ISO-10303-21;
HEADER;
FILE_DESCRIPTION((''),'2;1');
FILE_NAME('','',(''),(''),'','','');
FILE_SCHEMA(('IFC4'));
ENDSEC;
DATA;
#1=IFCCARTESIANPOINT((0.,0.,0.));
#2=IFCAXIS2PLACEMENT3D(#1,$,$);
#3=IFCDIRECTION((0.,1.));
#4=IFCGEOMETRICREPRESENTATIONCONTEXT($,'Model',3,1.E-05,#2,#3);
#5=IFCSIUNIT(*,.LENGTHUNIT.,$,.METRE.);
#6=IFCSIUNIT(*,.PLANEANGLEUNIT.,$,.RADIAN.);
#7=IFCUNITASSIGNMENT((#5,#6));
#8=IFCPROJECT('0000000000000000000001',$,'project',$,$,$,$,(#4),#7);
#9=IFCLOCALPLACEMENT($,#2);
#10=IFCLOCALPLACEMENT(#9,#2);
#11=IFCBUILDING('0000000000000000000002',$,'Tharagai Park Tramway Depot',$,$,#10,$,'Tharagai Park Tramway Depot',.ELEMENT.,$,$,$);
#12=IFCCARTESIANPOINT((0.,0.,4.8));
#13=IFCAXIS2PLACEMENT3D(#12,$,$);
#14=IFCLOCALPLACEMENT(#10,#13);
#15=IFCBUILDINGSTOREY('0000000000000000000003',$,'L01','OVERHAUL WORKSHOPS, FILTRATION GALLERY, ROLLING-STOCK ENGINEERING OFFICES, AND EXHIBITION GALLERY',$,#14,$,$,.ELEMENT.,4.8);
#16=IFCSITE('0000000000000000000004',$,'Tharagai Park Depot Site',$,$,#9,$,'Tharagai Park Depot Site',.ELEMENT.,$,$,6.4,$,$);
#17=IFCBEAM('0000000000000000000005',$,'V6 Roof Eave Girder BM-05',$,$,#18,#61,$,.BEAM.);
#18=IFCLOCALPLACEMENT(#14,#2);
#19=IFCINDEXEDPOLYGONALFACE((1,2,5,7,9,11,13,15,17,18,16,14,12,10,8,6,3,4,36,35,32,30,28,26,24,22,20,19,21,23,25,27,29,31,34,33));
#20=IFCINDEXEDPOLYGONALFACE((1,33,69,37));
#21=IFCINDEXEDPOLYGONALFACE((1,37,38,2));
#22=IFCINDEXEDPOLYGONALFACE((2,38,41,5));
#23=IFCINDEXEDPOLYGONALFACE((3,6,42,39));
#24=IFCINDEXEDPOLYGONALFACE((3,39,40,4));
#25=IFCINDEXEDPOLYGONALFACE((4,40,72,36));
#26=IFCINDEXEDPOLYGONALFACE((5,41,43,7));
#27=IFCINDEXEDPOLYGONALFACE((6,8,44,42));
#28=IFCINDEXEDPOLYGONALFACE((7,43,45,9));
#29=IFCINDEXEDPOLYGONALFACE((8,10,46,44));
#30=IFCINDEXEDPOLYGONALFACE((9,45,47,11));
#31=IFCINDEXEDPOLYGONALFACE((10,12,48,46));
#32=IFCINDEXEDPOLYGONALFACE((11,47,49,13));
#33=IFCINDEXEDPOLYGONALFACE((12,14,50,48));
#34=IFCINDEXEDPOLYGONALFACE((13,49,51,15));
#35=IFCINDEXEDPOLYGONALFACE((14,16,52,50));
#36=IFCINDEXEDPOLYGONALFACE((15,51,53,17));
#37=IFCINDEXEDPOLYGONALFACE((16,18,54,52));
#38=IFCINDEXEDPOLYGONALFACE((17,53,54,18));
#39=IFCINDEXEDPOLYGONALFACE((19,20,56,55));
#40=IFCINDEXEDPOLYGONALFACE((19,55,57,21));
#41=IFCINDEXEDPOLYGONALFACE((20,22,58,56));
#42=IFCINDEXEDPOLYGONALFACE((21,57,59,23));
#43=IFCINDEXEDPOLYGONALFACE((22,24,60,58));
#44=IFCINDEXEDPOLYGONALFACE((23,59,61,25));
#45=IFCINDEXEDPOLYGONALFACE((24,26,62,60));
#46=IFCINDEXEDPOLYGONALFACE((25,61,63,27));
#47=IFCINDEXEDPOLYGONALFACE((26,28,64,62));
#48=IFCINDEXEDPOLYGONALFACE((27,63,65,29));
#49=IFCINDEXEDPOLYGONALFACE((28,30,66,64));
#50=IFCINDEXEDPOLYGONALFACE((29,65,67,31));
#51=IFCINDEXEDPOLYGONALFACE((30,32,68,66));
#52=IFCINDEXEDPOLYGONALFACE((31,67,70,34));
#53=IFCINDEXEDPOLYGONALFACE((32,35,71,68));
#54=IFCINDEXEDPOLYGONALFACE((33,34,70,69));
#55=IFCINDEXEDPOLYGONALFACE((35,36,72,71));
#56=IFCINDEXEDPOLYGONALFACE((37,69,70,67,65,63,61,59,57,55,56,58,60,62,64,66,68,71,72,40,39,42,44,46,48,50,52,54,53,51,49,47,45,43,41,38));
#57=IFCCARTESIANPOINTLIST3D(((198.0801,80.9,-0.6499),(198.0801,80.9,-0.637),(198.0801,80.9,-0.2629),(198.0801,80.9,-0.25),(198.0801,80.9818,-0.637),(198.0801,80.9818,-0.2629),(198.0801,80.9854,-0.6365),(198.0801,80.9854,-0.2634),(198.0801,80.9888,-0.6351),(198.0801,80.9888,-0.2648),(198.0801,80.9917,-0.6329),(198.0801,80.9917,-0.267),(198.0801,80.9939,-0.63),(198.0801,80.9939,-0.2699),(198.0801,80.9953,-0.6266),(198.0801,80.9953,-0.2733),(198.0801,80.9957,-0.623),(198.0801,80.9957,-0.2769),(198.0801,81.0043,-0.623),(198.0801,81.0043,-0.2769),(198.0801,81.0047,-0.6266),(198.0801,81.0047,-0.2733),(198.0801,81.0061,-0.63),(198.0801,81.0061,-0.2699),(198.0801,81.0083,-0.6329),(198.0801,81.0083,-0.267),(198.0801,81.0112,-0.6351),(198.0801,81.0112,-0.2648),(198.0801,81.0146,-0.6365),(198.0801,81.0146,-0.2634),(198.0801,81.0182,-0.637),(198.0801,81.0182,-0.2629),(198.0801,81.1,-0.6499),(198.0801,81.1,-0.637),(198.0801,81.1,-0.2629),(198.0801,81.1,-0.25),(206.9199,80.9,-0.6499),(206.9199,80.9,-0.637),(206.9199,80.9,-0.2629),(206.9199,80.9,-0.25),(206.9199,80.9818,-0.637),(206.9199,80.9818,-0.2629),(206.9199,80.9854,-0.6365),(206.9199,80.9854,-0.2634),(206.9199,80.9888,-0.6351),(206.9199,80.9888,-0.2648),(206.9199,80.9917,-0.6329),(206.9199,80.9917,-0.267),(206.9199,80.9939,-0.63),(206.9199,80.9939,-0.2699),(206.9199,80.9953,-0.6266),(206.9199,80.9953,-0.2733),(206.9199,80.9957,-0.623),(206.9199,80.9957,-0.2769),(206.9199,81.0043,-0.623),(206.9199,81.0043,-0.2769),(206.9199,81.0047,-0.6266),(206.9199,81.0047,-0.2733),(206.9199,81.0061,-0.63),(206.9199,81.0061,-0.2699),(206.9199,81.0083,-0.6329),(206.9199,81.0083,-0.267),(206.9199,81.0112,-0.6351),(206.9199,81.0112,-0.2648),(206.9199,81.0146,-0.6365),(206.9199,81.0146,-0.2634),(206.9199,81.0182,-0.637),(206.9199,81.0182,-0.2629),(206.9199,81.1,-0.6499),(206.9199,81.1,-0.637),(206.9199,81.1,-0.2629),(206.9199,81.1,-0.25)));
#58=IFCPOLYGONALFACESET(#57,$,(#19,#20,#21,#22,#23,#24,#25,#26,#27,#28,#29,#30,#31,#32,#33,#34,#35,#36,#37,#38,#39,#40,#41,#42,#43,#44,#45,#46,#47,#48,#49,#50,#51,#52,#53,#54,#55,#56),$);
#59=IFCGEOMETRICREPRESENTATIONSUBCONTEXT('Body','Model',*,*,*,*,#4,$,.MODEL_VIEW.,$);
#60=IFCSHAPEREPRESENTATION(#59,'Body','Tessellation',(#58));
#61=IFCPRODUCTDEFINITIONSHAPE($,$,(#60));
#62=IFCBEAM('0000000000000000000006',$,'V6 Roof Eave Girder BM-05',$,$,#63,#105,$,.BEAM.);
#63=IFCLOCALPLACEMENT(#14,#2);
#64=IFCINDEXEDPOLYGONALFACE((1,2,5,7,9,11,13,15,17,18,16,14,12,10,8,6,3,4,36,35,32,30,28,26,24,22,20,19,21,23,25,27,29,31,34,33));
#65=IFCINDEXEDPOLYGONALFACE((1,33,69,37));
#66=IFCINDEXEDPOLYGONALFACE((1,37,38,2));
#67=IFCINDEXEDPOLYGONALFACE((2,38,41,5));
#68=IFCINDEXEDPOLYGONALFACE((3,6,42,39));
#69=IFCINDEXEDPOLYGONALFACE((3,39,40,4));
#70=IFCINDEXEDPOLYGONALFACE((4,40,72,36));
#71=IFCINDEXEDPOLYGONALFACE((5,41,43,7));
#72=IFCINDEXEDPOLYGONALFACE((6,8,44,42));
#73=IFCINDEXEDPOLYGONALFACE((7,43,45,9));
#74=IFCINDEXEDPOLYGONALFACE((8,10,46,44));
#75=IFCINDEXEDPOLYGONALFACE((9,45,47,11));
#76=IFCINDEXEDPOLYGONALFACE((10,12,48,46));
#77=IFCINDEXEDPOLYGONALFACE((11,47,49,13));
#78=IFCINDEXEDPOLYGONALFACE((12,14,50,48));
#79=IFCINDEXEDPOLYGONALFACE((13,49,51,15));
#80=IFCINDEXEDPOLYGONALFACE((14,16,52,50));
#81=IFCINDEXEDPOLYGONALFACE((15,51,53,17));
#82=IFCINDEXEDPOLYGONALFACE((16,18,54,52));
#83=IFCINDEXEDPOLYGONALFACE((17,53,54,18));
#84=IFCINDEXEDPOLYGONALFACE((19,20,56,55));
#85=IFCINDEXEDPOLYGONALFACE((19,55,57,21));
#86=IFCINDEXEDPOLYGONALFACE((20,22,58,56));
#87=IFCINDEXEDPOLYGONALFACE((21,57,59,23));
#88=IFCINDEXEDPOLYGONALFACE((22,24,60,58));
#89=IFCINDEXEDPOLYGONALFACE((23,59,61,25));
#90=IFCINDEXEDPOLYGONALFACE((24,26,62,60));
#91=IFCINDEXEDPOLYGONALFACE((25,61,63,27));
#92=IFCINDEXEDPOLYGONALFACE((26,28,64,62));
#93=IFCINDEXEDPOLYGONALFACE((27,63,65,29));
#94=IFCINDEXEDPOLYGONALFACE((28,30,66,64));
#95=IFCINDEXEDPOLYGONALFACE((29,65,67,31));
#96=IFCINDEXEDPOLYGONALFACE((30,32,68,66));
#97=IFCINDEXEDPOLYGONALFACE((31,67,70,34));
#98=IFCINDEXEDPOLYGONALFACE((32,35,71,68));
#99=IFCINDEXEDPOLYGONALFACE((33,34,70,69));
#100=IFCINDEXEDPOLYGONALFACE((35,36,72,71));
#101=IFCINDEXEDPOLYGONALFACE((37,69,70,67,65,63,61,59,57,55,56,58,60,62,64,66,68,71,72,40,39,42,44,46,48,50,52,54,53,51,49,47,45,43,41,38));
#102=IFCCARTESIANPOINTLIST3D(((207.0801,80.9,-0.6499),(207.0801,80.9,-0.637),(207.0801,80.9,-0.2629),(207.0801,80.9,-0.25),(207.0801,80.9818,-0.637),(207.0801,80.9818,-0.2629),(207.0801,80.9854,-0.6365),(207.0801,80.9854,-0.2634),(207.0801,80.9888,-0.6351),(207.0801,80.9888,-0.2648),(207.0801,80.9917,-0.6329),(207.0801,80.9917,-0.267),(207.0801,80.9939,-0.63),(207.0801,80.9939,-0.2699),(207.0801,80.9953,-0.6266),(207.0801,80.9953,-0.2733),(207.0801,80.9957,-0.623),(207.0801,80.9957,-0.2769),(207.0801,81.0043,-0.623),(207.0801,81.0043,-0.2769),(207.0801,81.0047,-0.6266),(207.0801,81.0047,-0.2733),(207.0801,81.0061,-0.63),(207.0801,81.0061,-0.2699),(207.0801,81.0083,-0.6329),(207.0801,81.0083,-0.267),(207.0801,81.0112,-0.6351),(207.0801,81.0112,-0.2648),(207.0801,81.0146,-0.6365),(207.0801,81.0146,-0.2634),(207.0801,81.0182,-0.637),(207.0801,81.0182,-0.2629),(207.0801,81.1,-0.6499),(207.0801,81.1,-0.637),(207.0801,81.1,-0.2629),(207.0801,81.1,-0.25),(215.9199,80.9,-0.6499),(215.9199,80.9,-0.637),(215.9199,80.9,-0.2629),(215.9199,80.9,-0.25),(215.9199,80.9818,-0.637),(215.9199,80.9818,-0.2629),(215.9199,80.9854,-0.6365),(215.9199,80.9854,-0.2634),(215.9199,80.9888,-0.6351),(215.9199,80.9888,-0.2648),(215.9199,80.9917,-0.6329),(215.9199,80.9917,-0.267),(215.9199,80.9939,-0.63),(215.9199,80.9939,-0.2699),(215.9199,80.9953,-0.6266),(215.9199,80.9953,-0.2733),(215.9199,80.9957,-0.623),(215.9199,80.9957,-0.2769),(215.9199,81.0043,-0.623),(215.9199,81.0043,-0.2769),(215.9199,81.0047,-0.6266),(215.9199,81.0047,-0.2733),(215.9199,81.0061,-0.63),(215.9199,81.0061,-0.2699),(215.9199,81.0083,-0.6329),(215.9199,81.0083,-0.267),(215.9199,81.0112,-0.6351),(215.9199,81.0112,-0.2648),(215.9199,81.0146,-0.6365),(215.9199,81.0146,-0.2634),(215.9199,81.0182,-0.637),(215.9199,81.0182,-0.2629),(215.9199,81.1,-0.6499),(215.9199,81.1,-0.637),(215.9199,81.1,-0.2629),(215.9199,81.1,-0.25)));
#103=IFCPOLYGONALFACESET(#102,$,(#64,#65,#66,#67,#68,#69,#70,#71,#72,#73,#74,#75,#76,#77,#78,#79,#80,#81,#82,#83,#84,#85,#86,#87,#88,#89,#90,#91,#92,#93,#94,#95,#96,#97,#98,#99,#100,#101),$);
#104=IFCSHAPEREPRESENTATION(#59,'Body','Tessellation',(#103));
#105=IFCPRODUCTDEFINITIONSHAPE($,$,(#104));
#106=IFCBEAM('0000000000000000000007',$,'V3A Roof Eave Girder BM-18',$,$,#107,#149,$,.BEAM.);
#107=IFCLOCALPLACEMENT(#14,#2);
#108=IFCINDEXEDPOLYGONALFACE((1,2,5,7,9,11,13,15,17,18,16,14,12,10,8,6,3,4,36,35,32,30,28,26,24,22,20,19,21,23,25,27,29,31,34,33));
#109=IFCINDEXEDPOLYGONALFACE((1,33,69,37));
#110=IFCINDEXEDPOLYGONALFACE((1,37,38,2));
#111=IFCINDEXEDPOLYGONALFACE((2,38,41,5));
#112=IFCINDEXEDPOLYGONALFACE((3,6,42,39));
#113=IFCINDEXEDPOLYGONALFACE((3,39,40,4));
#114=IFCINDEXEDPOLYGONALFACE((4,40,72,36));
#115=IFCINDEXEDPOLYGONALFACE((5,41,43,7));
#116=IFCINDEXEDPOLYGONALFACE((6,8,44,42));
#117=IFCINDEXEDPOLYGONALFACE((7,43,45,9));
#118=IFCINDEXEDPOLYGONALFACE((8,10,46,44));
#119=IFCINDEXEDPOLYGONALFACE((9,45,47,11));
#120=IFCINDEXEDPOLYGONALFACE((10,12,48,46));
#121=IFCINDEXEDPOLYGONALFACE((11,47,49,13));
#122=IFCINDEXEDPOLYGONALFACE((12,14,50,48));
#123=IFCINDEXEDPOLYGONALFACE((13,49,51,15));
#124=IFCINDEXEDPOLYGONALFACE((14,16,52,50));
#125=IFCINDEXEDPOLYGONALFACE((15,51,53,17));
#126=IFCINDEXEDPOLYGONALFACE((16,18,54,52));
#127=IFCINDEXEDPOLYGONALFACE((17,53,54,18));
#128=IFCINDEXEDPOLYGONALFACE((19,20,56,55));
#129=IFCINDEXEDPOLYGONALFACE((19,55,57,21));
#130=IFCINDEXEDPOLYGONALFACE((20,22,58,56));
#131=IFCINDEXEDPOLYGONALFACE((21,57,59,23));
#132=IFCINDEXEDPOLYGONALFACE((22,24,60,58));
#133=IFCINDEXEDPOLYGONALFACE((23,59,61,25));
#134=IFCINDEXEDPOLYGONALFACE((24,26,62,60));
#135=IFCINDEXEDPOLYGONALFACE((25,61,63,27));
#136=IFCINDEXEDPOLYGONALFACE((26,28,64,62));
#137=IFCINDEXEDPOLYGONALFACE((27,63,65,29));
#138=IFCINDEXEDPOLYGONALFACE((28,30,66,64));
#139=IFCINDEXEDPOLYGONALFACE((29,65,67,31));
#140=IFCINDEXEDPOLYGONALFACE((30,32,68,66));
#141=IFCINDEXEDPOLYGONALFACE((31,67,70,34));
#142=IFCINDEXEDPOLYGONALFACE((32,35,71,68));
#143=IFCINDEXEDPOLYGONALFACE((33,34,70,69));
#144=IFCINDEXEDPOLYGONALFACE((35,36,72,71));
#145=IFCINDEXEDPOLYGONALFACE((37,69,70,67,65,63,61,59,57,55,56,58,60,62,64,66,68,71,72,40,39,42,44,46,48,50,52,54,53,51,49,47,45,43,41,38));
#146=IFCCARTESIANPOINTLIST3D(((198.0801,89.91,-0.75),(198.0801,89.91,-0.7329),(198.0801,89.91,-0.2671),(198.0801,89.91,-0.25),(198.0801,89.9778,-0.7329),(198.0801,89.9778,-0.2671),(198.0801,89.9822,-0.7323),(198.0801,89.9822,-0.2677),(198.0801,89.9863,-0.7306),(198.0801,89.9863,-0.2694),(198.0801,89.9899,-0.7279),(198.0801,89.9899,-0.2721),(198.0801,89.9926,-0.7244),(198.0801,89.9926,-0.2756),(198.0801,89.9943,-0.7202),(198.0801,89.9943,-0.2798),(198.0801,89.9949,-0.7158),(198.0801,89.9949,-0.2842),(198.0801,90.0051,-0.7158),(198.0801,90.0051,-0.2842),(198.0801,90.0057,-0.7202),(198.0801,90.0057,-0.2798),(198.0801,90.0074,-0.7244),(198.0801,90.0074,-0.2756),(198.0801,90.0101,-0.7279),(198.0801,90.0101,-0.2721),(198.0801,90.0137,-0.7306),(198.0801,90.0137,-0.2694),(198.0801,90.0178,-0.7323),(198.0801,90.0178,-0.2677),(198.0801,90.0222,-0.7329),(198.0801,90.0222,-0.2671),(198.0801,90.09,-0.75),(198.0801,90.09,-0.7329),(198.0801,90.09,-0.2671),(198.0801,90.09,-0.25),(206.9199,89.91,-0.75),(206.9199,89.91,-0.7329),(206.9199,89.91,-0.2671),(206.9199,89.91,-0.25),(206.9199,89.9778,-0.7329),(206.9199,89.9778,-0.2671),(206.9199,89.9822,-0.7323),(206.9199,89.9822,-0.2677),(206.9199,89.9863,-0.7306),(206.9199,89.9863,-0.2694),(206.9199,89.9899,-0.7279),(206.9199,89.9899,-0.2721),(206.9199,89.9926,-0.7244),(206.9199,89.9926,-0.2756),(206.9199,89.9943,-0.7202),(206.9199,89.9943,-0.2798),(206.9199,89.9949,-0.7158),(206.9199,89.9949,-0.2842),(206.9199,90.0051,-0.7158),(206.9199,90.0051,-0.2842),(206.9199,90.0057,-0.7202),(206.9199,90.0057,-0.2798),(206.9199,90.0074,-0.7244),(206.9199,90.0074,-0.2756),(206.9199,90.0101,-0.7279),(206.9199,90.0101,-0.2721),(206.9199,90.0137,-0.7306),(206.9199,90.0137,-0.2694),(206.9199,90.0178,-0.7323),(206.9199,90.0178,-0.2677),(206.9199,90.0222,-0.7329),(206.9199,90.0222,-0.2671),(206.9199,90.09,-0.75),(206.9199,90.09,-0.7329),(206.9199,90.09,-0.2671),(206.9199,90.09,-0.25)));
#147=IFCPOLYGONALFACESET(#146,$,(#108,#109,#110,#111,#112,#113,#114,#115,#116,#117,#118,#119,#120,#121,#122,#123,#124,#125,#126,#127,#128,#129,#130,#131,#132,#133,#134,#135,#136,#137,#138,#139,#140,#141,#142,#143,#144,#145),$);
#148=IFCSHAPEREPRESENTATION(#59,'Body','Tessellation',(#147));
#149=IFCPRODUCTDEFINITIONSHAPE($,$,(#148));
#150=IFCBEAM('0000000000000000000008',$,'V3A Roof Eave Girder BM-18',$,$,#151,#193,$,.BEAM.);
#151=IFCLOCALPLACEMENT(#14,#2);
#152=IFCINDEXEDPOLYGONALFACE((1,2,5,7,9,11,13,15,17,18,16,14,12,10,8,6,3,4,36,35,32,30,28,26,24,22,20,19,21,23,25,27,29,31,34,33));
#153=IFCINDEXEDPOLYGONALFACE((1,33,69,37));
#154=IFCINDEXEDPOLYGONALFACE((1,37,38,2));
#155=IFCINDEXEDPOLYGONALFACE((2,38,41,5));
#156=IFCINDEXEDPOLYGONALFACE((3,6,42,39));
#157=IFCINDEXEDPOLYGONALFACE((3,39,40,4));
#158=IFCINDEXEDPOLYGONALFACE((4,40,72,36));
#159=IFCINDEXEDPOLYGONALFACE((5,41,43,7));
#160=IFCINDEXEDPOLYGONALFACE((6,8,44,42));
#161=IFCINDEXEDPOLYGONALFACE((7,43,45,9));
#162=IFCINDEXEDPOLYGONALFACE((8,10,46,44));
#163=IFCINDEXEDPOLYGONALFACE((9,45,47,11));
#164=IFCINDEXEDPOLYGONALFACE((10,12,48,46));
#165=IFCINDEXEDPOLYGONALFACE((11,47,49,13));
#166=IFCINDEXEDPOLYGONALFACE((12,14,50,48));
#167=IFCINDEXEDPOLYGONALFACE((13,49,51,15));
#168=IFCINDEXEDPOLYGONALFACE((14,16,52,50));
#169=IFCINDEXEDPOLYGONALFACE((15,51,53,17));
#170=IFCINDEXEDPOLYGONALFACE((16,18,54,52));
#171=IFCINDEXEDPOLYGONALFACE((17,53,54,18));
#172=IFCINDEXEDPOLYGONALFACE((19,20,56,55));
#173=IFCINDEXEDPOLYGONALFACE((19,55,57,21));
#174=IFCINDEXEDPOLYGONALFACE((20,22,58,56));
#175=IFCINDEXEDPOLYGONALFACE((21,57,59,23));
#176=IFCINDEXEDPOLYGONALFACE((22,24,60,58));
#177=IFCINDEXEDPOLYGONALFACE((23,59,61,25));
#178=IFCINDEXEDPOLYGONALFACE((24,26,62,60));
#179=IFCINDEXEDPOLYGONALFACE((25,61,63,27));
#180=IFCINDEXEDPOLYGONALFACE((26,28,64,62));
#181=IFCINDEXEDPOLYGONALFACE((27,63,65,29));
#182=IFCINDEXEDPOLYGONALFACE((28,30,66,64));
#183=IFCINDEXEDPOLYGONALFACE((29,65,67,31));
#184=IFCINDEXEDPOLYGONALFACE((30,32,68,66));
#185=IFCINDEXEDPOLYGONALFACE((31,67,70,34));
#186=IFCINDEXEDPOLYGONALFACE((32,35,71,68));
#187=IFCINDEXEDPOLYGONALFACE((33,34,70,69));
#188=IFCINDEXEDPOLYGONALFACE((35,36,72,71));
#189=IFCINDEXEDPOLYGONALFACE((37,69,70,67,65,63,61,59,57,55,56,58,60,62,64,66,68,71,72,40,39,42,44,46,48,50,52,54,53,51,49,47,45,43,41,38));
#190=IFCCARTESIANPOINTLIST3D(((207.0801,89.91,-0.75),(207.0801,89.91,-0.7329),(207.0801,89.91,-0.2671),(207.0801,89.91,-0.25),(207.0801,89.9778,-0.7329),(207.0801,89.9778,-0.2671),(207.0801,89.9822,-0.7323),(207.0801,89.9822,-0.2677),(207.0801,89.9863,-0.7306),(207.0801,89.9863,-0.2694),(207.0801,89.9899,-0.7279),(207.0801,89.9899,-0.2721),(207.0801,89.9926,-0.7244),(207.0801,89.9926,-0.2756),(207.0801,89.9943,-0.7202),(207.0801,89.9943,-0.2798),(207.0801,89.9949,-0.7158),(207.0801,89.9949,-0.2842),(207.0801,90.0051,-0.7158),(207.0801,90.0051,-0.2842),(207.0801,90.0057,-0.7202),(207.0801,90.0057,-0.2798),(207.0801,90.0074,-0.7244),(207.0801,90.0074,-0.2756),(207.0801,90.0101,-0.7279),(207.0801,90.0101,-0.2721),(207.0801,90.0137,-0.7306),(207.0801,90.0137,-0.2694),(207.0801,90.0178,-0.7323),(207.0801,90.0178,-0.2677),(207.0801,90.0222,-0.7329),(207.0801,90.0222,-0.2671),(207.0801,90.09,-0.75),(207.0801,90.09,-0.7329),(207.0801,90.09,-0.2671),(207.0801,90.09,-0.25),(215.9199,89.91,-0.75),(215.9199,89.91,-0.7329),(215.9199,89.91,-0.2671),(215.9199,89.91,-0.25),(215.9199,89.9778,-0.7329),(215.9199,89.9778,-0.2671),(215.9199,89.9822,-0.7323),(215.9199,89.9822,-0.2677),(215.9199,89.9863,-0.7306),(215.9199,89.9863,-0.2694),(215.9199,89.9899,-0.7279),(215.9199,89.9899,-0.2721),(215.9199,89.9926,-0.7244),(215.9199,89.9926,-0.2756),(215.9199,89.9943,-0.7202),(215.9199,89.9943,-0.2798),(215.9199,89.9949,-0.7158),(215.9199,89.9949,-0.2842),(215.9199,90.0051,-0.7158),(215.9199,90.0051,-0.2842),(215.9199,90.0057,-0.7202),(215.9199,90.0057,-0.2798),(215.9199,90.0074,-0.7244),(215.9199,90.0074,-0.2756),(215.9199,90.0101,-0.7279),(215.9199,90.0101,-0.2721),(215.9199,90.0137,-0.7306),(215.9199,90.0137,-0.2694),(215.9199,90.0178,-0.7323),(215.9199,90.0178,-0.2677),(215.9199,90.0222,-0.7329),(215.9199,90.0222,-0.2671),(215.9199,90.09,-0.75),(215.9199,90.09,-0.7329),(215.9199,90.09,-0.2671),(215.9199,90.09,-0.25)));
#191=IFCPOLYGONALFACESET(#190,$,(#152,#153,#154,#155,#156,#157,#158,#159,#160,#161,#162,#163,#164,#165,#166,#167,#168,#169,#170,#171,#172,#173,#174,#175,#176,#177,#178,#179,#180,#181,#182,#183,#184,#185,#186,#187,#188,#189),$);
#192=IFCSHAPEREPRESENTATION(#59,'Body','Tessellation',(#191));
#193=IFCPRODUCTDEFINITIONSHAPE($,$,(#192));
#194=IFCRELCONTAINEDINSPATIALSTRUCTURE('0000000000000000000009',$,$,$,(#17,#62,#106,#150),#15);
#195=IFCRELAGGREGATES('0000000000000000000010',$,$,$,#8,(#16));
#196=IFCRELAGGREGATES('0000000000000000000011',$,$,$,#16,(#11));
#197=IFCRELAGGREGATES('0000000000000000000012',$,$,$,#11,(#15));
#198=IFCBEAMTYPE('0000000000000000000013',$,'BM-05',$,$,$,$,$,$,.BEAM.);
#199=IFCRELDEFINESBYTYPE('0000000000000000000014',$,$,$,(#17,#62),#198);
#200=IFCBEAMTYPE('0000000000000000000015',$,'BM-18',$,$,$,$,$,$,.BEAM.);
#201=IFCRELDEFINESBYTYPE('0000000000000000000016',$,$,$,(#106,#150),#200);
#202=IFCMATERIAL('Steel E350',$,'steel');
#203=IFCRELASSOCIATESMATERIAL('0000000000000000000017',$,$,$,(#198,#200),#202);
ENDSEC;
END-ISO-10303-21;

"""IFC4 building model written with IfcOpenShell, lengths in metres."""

from ifc_helpers import new_model, si_unit, direction, frame, origin, origin_2d, place, context, subcontext, project, spatial, i_section, extrude, material, material_profile, profile_set, type_object, element, save


model = new_model("IFC4")

# Units and contexts
model_context = context("Model", 3, precision=1e-05, world=origin(), true_north=direction((0.0, 1.0)))
body_context = subcontext(model_context, "Body", "Model", "MODEL_VIEW")
ifc_project = project(units=[si_unit("LENGTHUNIT", "METRE"), si_unit("PLANEANGLEUNIT", "RADIAN")], contexts=[model_context])

# Site, building, storey
site_placement = place(None, origin())
site = spatial("IfcSite", under=ifc_project, at=site_placement, Name="Tharagai Park Depot Site", LongName="Tharagai Park Depot Site", CompositionType="ELEMENT", RefElevation=6.4)
building_placement = place(site_placement, origin())
building = spatial("IfcBuilding", under=site, at=building_placement, Name="Tharagai Park Tramway Depot", LongName="Tharagai Park Tramway Depot", CompositionType="ELEMENT")
storey_placement = place(building_placement, frame((0.0, 0.0, 4.8)))
storey = spatial("IfcBuildingStorey", under=building, at=storey_placement, Name="L01", Description="OVERHAUL WORKSHOPS, FILTRATION GALLERY, ROLLING-STOCK ENGINEERING OFFICES, AND EXHIBITION GALLERY", CompositionType="ELEMENT", Elevation=4.8)

# Beams
ifc_material_1 = material(Name="Steel E350", Category="steel")
ifc_material_profile_1 = material_profile(ifc_material_1, i_section(OverallWidth=0.2, OverallDepth=0.3999, WebThickness=0.0085, FlangeThickness=0.0129, FilletRadius=0.0139, at=origin_2d()), Name="ISWB 400")
ifc_profile_set_1 = profile_set([ifc_material_profile_1], Name="Steel E350")
beam_type_1 = type_object("IfcBeamType", Name="BM-05", PredefinedType="BEAM", material=ifc_profile_set_1)
for number, where, z_axis, x_axis, name in (
    (1, (198.0801, 81.0, -0.45), (1.0, 0.0, 0.0), (0.0, 1.0, 0.0), "V6 Roof Eave Girder BM-05"),
    (2, (207.0801, 81.0, -0.45), (1.0, 0.0, 0.0), (0.0, 1.0, 0.0), "V6 Roof Eave Girder BM-05"),
):
    element("IfcBeam", number, at=place(storey_placement, frame(where, z_axis=z_axis, x_axis=x_axis)), inside=storey, type_object=beam_type_1, Name=name, PredefinedType="BEAM", context=body_context, shape_type="SweptSolid", body=[
        extrude(i_section(OverallWidth=0.2, OverallDepth=0.3999, WebThickness=0.0085, FlangeThickness=0.0129, FilletRadius=0.0139, at=origin_2d()), origin(), (0.0, 0.0, 1.0), 8.8398),
    ])
ifc_material_profile_2 = material_profile(ifc_material_1, i_section(OverallWidth=0.1799, OverallDepth=0.5, WebThickness=0.0103, FlangeThickness=0.0171, FilletRadius=0.0171, at=origin_2d()), Name="ISMB 500")
ifc_profile_set_2 = profile_set([ifc_material_profile_2], Name="Steel E350")
beam_type_2 = type_object("IfcBeamType", Name="BM-18", PredefinedType="BEAM", material=ifc_profile_set_2)
for number, where, z_axis, x_axis, name in (
    (3, (198.0801, 90.0, -0.5), (1.0, 0.0, 0.0), (0.0, 1.0, 0.0), "V3A Roof Eave Girder BM-18"),
    (4, (207.0801, 90.0, -0.5), (1.0, 0.0, 0.0), (0.0, 1.0, 0.0), "V3A Roof Eave Girder BM-18"),
):
    element("IfcBeam", number, at=place(storey_placement, frame(where, z_axis=z_axis, x_axis=x_axis)), inside=storey, type_object=beam_type_2, Name=name, PredefinedType="BEAM", context=body_context, shape_type="SweptSolid", body=[
        extrude(i_section(OverallWidth=0.1799, OverallDepth=0.5, WebThickness=0.0103, FlangeThickness=0.0171, FilletRadius=0.0171, at=origin_2d()), origin(), (0.0, 0.0, 1.0), 8.8398),
    ])

save(model, "model.ifc")
